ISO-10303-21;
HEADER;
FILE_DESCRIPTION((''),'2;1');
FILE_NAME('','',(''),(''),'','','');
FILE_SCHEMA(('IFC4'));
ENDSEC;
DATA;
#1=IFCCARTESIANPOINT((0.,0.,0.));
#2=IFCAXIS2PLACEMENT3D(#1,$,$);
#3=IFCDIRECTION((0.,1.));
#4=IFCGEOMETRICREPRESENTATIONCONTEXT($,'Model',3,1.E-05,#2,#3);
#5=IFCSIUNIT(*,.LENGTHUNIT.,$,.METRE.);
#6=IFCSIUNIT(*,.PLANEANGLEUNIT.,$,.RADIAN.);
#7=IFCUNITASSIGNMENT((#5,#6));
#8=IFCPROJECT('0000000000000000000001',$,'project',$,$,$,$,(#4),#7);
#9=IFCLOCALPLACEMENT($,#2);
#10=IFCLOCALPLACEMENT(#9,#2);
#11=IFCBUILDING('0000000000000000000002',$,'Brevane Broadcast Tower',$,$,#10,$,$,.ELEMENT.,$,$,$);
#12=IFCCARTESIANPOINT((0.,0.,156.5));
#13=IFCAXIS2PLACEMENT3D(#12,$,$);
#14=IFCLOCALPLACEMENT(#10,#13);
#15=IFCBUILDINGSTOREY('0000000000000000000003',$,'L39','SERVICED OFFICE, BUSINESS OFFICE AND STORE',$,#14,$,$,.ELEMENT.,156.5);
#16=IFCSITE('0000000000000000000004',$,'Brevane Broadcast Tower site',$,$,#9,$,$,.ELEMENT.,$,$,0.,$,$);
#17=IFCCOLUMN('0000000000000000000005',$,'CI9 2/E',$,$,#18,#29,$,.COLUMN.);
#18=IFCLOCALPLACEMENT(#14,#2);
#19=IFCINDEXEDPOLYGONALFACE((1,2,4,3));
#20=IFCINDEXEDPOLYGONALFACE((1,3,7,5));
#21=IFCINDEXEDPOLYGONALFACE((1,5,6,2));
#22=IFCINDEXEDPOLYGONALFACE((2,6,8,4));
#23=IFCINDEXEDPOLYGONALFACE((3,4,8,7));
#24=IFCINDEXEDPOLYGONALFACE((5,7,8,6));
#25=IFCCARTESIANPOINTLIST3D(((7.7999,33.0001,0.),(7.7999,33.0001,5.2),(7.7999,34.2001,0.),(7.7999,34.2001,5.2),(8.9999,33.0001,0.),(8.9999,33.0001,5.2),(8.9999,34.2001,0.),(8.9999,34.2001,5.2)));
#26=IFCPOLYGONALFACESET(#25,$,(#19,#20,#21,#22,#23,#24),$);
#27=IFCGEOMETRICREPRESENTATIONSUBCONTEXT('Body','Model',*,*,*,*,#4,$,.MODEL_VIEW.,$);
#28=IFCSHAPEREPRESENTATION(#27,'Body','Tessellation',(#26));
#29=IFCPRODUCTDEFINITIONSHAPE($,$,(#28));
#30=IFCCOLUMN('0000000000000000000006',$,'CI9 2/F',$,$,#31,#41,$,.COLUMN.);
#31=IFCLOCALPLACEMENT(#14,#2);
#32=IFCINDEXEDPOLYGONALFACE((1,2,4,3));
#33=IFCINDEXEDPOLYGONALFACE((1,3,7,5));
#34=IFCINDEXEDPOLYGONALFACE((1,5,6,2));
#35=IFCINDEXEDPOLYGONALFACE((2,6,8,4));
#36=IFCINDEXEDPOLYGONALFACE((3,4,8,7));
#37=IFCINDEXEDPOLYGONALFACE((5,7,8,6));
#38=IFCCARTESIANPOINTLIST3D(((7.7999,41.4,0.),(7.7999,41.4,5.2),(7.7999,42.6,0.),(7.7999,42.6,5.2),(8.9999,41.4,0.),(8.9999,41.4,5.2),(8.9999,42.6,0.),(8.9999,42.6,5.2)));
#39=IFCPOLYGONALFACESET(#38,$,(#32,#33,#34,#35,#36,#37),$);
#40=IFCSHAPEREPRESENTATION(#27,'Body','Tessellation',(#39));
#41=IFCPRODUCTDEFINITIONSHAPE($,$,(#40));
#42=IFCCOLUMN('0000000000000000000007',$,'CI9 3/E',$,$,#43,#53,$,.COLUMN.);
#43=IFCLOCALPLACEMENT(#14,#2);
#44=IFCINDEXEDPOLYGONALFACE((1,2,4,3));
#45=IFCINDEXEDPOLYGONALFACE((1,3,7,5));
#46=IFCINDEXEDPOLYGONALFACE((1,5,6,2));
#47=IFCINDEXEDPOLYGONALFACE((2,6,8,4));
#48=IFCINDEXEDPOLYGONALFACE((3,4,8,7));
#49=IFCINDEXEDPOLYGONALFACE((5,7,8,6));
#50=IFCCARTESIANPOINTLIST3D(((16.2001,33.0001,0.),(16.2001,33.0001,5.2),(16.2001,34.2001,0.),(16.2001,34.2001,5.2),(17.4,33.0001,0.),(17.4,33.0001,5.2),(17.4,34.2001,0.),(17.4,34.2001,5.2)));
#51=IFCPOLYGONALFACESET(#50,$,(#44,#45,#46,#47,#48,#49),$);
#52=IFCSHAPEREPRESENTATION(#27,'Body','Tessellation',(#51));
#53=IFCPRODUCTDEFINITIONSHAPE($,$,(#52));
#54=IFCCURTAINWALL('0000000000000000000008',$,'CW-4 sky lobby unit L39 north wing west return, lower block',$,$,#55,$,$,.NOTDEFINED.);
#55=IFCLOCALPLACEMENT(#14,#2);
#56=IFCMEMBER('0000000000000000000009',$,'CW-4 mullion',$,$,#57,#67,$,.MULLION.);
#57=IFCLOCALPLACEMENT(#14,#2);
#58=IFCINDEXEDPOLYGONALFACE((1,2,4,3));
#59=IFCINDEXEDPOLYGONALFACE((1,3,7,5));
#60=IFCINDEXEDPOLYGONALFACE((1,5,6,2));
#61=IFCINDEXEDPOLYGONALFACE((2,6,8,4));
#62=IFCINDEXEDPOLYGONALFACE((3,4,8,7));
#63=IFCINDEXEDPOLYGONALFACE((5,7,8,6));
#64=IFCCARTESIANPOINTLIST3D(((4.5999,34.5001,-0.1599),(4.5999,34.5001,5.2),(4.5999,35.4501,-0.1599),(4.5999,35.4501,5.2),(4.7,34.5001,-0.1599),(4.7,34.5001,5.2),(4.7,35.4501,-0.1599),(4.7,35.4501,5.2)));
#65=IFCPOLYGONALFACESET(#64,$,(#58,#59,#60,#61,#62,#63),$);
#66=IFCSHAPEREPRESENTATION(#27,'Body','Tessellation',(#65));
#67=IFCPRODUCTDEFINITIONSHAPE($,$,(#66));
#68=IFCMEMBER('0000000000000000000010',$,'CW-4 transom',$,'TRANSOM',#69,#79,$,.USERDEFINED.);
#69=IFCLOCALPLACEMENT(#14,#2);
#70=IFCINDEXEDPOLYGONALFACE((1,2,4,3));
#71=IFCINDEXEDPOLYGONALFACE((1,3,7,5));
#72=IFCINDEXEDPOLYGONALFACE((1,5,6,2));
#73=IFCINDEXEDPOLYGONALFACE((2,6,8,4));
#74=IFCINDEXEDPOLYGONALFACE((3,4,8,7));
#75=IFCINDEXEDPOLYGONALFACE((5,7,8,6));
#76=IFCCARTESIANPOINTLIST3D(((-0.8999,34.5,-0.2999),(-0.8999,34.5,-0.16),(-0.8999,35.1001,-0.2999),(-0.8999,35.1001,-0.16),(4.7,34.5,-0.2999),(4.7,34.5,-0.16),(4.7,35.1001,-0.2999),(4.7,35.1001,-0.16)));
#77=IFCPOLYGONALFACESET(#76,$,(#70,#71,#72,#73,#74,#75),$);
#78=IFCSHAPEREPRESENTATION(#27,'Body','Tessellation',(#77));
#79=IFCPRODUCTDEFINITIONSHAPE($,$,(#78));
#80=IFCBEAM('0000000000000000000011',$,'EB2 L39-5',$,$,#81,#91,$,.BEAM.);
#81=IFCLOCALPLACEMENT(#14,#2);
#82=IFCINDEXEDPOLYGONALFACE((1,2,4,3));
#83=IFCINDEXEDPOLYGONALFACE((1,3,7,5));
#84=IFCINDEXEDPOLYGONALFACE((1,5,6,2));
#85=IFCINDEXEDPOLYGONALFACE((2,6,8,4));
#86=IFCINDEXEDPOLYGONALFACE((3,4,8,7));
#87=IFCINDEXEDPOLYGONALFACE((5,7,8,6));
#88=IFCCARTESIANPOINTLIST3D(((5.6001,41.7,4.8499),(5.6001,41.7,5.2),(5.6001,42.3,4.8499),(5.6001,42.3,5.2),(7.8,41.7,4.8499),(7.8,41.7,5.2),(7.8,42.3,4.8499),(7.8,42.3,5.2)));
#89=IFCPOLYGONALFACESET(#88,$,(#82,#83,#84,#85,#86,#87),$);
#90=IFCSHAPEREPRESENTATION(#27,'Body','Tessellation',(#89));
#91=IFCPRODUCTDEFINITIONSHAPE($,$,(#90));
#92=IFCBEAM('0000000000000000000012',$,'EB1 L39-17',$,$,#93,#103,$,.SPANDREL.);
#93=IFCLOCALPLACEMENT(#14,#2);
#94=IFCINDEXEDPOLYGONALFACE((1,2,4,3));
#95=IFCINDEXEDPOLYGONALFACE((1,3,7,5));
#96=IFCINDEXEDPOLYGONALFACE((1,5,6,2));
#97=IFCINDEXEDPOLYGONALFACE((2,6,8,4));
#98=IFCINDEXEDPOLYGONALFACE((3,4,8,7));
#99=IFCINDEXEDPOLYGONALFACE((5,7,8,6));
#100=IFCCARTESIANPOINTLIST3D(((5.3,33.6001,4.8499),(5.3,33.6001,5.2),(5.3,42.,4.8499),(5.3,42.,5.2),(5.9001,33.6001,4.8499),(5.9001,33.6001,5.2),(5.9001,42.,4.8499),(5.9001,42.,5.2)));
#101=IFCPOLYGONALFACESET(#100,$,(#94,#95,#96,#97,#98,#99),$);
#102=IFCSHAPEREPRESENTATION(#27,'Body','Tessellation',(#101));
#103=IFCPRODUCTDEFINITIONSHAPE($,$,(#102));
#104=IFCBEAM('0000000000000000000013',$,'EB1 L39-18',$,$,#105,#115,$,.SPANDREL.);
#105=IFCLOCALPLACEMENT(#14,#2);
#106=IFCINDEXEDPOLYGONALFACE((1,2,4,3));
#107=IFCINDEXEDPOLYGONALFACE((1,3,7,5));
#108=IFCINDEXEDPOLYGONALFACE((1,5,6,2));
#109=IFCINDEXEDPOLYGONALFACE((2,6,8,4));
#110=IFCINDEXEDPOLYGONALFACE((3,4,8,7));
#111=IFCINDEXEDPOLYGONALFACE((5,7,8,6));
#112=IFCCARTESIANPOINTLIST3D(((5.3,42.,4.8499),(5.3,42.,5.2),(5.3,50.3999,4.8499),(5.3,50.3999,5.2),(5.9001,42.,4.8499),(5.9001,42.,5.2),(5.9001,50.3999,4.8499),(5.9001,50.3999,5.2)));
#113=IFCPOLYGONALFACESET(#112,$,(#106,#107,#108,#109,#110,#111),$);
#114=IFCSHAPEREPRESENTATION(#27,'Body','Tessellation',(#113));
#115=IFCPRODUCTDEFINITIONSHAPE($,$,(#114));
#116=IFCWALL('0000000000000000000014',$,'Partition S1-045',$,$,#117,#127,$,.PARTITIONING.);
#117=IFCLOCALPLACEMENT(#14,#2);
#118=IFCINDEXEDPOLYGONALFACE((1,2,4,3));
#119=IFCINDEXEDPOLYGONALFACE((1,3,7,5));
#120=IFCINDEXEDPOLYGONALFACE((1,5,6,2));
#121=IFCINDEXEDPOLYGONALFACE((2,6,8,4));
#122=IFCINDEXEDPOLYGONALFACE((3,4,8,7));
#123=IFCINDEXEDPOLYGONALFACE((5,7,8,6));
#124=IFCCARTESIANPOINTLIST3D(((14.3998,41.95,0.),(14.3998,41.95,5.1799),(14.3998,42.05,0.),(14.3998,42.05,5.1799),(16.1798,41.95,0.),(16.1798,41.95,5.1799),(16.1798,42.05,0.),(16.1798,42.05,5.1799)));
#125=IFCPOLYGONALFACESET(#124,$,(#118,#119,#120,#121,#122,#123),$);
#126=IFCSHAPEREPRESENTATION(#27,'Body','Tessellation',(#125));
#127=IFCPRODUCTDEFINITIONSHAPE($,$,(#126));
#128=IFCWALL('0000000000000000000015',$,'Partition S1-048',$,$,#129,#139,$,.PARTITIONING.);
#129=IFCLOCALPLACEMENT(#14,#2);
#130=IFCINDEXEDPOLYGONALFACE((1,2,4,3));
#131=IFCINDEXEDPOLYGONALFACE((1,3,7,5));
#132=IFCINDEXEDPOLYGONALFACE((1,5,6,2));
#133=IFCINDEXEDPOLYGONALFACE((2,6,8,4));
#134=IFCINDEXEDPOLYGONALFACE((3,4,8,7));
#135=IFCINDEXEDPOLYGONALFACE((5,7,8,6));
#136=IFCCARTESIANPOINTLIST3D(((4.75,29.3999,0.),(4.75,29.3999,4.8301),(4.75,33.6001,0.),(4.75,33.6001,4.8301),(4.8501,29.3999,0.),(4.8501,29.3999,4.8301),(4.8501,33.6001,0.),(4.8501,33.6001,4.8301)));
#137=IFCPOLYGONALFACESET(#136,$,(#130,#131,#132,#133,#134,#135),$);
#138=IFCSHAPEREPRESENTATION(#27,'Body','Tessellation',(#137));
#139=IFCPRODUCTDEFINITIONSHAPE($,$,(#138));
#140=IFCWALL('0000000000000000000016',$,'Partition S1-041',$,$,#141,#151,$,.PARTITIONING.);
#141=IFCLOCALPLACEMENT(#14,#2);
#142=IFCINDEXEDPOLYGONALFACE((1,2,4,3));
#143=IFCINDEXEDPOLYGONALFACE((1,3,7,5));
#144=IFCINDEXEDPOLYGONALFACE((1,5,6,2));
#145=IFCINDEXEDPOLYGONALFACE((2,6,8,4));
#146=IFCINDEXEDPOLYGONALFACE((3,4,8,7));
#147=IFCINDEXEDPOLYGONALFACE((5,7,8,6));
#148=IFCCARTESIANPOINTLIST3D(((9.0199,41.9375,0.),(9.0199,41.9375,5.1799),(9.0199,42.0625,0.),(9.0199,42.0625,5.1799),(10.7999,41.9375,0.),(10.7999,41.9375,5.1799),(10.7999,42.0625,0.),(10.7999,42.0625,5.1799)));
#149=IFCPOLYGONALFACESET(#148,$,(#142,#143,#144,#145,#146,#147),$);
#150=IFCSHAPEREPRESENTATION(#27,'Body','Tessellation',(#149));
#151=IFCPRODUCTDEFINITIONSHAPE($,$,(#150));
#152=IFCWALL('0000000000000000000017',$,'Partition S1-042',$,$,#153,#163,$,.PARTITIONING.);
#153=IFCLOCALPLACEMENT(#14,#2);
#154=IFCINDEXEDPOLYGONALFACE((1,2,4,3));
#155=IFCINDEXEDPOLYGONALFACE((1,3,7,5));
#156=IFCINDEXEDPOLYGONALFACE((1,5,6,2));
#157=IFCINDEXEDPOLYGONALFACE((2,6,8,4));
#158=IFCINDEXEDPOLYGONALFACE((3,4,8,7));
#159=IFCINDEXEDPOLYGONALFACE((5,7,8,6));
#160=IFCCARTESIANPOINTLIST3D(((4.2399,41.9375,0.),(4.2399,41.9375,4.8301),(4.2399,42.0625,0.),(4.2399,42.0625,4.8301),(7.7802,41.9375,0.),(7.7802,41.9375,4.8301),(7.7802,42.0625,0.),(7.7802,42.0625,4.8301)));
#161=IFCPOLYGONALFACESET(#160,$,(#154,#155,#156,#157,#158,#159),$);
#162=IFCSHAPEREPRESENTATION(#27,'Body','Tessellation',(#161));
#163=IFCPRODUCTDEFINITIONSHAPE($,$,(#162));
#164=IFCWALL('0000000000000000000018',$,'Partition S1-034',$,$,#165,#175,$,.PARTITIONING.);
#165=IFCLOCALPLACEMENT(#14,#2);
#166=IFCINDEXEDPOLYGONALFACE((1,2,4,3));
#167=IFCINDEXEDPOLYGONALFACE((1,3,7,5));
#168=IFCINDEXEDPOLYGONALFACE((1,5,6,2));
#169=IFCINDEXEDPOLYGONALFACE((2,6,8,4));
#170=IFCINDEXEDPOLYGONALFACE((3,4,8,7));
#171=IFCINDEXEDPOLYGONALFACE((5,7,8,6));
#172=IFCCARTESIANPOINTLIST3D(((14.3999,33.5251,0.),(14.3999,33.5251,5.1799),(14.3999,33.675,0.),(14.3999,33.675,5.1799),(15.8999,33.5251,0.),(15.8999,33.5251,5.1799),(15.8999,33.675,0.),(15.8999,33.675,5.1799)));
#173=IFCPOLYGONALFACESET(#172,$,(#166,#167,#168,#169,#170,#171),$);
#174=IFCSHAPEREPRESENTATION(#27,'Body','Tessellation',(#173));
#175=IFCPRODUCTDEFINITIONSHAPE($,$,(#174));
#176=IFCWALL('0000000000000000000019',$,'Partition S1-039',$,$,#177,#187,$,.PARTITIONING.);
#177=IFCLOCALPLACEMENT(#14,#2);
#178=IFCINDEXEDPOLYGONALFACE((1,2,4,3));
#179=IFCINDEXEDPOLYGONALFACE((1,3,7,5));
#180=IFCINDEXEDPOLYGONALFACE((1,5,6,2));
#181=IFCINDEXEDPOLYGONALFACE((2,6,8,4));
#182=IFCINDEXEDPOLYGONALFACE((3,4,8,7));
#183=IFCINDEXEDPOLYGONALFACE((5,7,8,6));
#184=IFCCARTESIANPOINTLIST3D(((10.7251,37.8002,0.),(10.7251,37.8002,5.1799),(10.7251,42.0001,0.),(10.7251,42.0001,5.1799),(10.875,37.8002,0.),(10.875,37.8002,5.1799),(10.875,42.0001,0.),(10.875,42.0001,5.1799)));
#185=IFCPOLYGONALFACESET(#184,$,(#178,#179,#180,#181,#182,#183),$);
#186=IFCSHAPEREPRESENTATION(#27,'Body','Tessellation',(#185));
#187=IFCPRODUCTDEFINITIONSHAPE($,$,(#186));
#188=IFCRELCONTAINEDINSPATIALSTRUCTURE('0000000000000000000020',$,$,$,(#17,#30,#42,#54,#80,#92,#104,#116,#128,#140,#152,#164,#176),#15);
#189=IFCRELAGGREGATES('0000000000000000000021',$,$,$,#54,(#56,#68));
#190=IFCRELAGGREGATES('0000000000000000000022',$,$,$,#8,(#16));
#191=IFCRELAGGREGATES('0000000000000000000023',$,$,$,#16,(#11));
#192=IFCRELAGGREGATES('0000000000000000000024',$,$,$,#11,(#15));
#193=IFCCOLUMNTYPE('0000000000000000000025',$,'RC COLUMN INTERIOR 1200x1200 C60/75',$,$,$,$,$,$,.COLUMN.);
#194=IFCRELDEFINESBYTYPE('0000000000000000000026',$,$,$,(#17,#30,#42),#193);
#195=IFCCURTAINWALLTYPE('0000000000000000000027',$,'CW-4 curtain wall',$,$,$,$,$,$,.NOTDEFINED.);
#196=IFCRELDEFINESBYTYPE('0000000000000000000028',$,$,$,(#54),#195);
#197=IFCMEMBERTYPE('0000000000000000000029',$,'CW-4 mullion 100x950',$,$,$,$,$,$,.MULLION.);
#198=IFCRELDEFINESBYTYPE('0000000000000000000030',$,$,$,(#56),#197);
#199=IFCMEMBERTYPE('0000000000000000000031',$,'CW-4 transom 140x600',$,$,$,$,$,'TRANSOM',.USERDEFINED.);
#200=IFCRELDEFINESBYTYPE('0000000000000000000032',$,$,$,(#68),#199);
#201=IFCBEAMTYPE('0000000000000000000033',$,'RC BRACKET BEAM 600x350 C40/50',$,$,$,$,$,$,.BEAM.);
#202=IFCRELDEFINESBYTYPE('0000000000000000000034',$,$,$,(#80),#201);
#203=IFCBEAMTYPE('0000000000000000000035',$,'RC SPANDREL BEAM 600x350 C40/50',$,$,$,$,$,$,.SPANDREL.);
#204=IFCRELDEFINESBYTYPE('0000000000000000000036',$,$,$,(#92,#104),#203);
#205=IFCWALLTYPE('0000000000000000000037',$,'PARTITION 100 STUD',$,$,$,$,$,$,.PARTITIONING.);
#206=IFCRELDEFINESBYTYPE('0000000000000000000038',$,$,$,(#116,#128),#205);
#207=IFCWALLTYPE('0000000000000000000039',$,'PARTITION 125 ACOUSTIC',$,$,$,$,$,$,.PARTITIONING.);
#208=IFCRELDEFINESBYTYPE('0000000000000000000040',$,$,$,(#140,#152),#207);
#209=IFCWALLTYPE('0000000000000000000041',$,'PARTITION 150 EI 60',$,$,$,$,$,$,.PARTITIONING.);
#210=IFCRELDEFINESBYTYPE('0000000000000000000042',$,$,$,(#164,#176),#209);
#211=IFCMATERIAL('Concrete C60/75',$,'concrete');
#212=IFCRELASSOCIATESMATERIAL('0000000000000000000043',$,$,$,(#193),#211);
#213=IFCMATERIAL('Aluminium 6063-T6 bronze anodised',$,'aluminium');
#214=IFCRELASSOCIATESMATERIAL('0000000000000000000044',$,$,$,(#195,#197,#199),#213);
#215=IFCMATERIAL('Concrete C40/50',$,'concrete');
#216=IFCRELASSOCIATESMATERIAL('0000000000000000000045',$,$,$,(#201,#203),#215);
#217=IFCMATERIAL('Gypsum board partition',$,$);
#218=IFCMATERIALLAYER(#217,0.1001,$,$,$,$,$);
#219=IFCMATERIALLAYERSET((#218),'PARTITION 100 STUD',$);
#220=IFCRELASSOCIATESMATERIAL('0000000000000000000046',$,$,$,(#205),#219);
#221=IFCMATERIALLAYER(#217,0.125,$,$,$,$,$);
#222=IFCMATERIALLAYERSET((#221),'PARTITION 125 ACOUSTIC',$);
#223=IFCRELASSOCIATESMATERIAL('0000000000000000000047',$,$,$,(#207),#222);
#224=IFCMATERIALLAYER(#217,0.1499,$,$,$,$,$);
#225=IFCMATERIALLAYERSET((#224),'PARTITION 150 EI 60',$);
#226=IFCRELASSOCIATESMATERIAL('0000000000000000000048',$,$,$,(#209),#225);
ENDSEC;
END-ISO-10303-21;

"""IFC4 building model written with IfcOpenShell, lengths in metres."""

from ifc_helpers import new_model, si_unit, direction, frame, frame_2d, origin, origin_2d, place, context, subcontext, project, spatial, rectangle, extrude, material, layer, layer_set, material_profile, profile_set, type_object, element, aggregate, save


model = new_model("IFC4")

# Units and contexts
model_context = context("Model", 3, precision=1e-05, world=origin(), true_north=direction((0.0, 1.0)))
body_context = subcontext(model_context, "Body", "Model", "MODEL_VIEW")
ifc_project = project(units=[si_unit("LENGTHUNIT", "METRE"), si_unit("PLANEANGLEUNIT", "RADIAN")], contexts=[model_context])

# Site, building, storey
site_placement = place(None, origin())
site = spatial("IfcSite", under=ifc_project, at=site_placement, Name="Brevane Broadcast Tower site", CompositionType="ELEMENT", RefElevation=0.0)
building_placement = place(site_placement, origin())
building = spatial("IfcBuilding", under=site, at=building_placement, Name="Brevane Broadcast Tower", CompositionType="ELEMENT")
storey_placement = place(building_placement, frame((0.0, 0.0, 156.5)))
storey = spatial("IfcBuildingStorey", under=building, at=storey_placement, Name="L39", Description="SERVICED OFFICE, BUSINESS OFFICE AND STORE", CompositionType="ELEMENT", Elevation=156.5)

# Columns
ifc_material_1 = material(Name="Concrete C60/75", Category="concrete")
ifc_material_profile_1 = material_profile(ifc_material_1, rectangle(XDim=1.2, YDim=1.2, at=origin_2d()), Name="RC 1200x1200")
ifc_profile_set_1 = profile_set([ifc_material_profile_1], Name="Concrete C60/75")
column_type = type_object("IfcColumnType", Name="RC COLUMN INTERIOR 1200x1200 C60/75", PredefinedType="COLUMN", material=ifc_profile_set_1)
for number, where, z_axis, x_axis, name in (
    (1, (8.3999, 33.6001, 0.0), (0.0, 0.0, 1.0), (1.0, 0.0, 0.0), "CI9 2/E"),
    (2, (8.3999, 42.0, 0.0), (0.0, 0.0, 1.0), (1.0, 0.0, 0.0), "CI9 2/F"),
    (3, (16.8, 33.6001, 0.0), (0.0, 0.0, 1.0), (1.0, 0.0, 0.0), "CI9 3/E"),
):
    element("IfcColumn", number, at=place(storey_placement, frame(where, z_axis=z_axis, x_axis=x_axis)), inside=storey, type_object=column_type, Name=name, PredefinedType="COLUMN", context=body_context, shape_type="SweptSolid", body=[
        extrude(rectangle(XDim=1.2, YDim=1.2, at=origin_2d()), origin(), (0.0, 0.0, 1.0), 5.2),
    ])

# Curtain wall, members
ifc_material_2 = material(Name="Aluminium 6063-T6 bronze anodised", Category="aluminium")
curtain_wall_type = type_object("IfcCurtainWallType", Name="CW-4 curtain wall", PredefinedType="NOTDEFINED", material=ifc_material_2)
curtain_wall_placement = place(storey_placement, origin())
curtain_wall = element("IfcCurtainWall", 4, at=curtain_wall_placement, inside=storey, type_object=curtain_wall_type, Name="CW-4 sky lobby unit L39 north wing west return, lower block", PredefinedType="NOTDEFINED")
ifc_material_profile_2 = material_profile(ifc_material_2, rectangle(XDim=0.95, YDim=0.1001, at=origin_2d()), Name="RECT 100x950")
ifc_profile_set_2 = profile_set([ifc_material_profile_2], Name="Aluminium 6063-T6 bronze anodised")
member_type_1 = type_object("IfcMemberType", Name="CW-4 mullion 100x950", PredefinedType="MULLION", material=ifc_profile_set_2)
member_1_placement = place(storey_placement, frame((4.6499, 34.9751, -0.1599), z_axis=(0.0, 0.0, 1.0), x_axis=(0.0, -1.0, 0.0)))
member_1 = element("IfcMember", 5, at=member_1_placement, type_object=member_type_1, Name="CW-4 mullion", PredefinedType="MULLION", context=body_context, shape_type="SweptSolid", body=[
    extrude(rectangle(XDim=0.95, YDim=0.1001, at=origin_2d()), origin(), (0.0, 0.0, 1.0), 5.3599),
])
ifc_material_profile_3 = material_profile(ifc_material_2, rectangle(XDim=0.6001, YDim=0.1399, at=origin_2d()), Name="RECT 140x600")
ifc_profile_set_3 = profile_set([ifc_material_profile_3], Name="Aluminium 6063-T6 bronze anodised")
member_type_2 = type_object("IfcMemberType", Name="CW-4 transom 140x600", ElementType="TRANSOM", PredefinedType="USERDEFINED", material=ifc_profile_set_3)
member_2_placement = place(storey_placement, frame((4.7, 34.8, -0.23), z_axis=(-1.0, 0.0, 0.0), x_axis=(0.0, -1.0, 0.0)))
member_2 = element("IfcMember", 6, at=member_2_placement, type_object=member_type_2, Name="CW-4 transom", ObjectType="TRANSOM", PredefinedType="USERDEFINED", context=body_context, shape_type="SweptSolid", body=[
    extrude(rectangle(XDim=0.6001, YDim=0.1399, at=origin_2d()), origin(), (0.0, 0.0, 1.0), 5.5999),
])
aggregate(curtain_wall, [member_1, member_2])

# Beams
ifc_material_3 = material(Name="Concrete C40/50", Category="concrete")
ifc_material_profile_4 = material_profile(ifc_material_3, rectangle(XDim=0.6001, YDim=0.3501, at=origin_2d()), Name="RC 600x350")
ifc_profile_set_4 = profile_set([ifc_material_profile_4], Name="Concrete C40/50")
beam_type_1 = type_object("IfcBeamType", Name="RC BRACKET BEAM 600x350 C40/50", PredefinedType="BEAM", material=ifc_profile_set_4)
beam_placement = place(storey_placement, frame((7.8, 42.0, 5.0249), z_axis=(-1.0, 0.0, 0.0), x_axis=(0.0, -1.0, 0.0)))
element("IfcBeam", 7, at=beam_placement, inside=storey, type_object=beam_type_1, Name="EB2 L39-5", PredefinedType="BEAM", context=body_context, shape_type="SweptSolid", body=[
    extrude(rectangle(XDim=0.6001, YDim=0.3501, at=origin_2d()), origin(), (0.0, 0.0, 1.0), 2.2),
])
ifc_material_profile_5 = material_profile(ifc_material_3, rectangle(XDim=0.6001, YDim=0.3501, at=origin_2d()), Name="RC 600x350")
ifc_profile_set_5 = profile_set([ifc_material_profile_5], Name="Concrete C40/50")
beam_type_2 = type_object("IfcBeamType", Name="RC SPANDREL BEAM 600x350 C40/50", PredefinedType="SPANDREL", material=ifc_profile_set_5)
for number, where, z_axis, x_axis, name in (
    (8, (5.6001, 33.6001, 5.0249), (0.0, 1.0, 0.0), (-1.0, 0.0, 0.0), "EB1 L39-17"),
    (9, (5.6001, 42.0, 5.0249), (0.0, 1.0, 0.0), (-1.0, 0.0, 0.0), "EB1 L39-18"),
):
    element("IfcBeam", number, at=place(storey_placement, frame(where, z_axis=z_axis, x_axis=x_axis)), inside=storey, type_object=beam_type_2, Name=name, PredefinedType="SPANDREL", context=body_context, shape_type="SweptSolid", body=[
        extrude(rectangle(XDim=0.6001, YDim=0.3501, at=origin_2d()), origin(), (0.0, 0.0, 1.0), 8.3999),
    ])

# Walls
ifc_material_4 = material(Name="Gypsum board partition")
ifc_layer_1 = layer(ifc_material_4, 0.1001)
ifc_layer_set_1 = layer_set([ifc_layer_1], Name="PARTITION 100 STUD")
wall_type_1 = type_object("IfcWallType", Name="PARTITION 100 STUD", PredefinedType="PARTITIONING", material=ifc_layer_set_1)
wall_1_placement = place(storey_placement, frame((16.1799, 42.0, 0.0), z_axis=(0.0, 0.0, 1.0), x_axis=(-1.0, 0.0, 0.0)))
element("IfcWall", 10, at=wall_1_placement, inside=storey, type_object=wall_type_1, Name="Partition S1-045", PredefinedType="PARTITIONING", context=body_context, shape_type="SweptSolid", body=[
    extrude(rectangle(XDim=1.78, YDim=0.1001, at=frame_2d((0.8901, 0.0))), origin(), (0.0, 0.0, 1.0), 5.1799),
])
wall_2_placement = place(storey_placement, frame((4.8, 33.6001, 0.0), z_axis=(0.0, 0.0, 1.0), x_axis=(0.0, -1.0, 0.0)))
element("IfcWall", 11, at=wall_2_placement, inside=storey, type_object=wall_type_1, Name="Partition S1-048", PredefinedType="PARTITIONING", context=body_context, shape_type="SweptSolid", body=[
    extrude(rectangle(XDim=4.2002, YDim=0.1001, at=frame_2d((2.1001, 0.0))), origin(), (0.0, 0.0, 1.0), 4.8301),
])
ifc_layer_2 = layer(ifc_material_4, 0.125)
ifc_layer_set_2 = layer_set([ifc_layer_2], Name="PARTITION 125 ACOUSTIC")
wall_type_2 = type_object("IfcWallType", Name="PARTITION 125 ACOUSTIC", PredefinedType="PARTITIONING", material=ifc_layer_set_2)
wall_3_placement = place(storey_placement, frame((10.8, 42.0, 0.0), z_axis=(0.0, 0.0, 1.0), x_axis=(-1.0, 0.0, 0.0)))
element("IfcWall", 12, at=wall_3_placement, inside=storey, type_object=wall_type_2, Name="Partition S1-041", PredefinedType="PARTITIONING", context=body_context, shape_type="SweptSolid", body=[
    extrude(rectangle(XDim=1.78, YDim=0.125, at=frame_2d((0.8901, 0.0))), origin(), (0.0, 0.0, 1.0), 5.1799),
])
wall_4_placement = place(storey_placement, frame((7.78, 42.0, 0.0), z_axis=(0.0, 0.0, 1.0), x_axis=(-1.0, 0.0, 0.0)))
element("IfcWall", 13, at=wall_4_placement, inside=storey, type_object=wall_type_2, Name="Partition S1-042", PredefinedType="PARTITIONING", context=body_context, shape_type="SweptSolid", body=[
    extrude(rectangle(XDim=3.5403, YDim=0.125, at=frame_2d((1.77, 0.0))), origin(), (0.0, 0.0, 1.0), 4.8301),
])
ifc_layer_3 = layer(ifc_material_4, 0.1499)
ifc_layer_set_3 = layer_set([ifc_layer_3], Name="PARTITION 150 EI 60")
wall_type_3 = type_object("IfcWallType", Name="PARTITION 150 EI 60", PredefinedType="PARTITIONING", material=ifc_layer_set_3)
wall_5_placement = place(storey_placement, frame((14.3999, 33.6001, 0.0), z_axis=(0.0, 0.0, 1.0), x_axis=(1.0, 0.0, 0.0)))
element("IfcWall", 14, at=wall_5_placement, inside=storey, type_object=wall_type_3, Name="Partition S1-034", PredefinedType="PARTITIONING", context=body_context, shape_type="SweptSolid", body=[
    extrude(rectangle(XDim=1.5, YDim=0.1499, at=frame_2d((0.75, 0.0))), origin(), (0.0, 0.0, 1.0), 5.1799),
])

# Wall
wall_6_placement = place(storey_placement, frame((10.8, 37.8, 0.0), z_axis=(0.0, 0.0, 1.0), x_axis=(0.0, 1.0, 0.0)))
element("IfcWall", 15, at=wall_6_placement, inside=storey, type_object=wall_type_3, Name="Partition S1-039", PredefinedType="PARTITIONING", context=body_context, shape_type="SweptSolid", body=[
    extrude(rectangle(XDim=4.2, YDim=0.1499, at=frame_2d((2.1001, 0.0))), origin(), (0.0, 0.0, 1.0), 5.1799),
])

save(model, "model.ifc")
